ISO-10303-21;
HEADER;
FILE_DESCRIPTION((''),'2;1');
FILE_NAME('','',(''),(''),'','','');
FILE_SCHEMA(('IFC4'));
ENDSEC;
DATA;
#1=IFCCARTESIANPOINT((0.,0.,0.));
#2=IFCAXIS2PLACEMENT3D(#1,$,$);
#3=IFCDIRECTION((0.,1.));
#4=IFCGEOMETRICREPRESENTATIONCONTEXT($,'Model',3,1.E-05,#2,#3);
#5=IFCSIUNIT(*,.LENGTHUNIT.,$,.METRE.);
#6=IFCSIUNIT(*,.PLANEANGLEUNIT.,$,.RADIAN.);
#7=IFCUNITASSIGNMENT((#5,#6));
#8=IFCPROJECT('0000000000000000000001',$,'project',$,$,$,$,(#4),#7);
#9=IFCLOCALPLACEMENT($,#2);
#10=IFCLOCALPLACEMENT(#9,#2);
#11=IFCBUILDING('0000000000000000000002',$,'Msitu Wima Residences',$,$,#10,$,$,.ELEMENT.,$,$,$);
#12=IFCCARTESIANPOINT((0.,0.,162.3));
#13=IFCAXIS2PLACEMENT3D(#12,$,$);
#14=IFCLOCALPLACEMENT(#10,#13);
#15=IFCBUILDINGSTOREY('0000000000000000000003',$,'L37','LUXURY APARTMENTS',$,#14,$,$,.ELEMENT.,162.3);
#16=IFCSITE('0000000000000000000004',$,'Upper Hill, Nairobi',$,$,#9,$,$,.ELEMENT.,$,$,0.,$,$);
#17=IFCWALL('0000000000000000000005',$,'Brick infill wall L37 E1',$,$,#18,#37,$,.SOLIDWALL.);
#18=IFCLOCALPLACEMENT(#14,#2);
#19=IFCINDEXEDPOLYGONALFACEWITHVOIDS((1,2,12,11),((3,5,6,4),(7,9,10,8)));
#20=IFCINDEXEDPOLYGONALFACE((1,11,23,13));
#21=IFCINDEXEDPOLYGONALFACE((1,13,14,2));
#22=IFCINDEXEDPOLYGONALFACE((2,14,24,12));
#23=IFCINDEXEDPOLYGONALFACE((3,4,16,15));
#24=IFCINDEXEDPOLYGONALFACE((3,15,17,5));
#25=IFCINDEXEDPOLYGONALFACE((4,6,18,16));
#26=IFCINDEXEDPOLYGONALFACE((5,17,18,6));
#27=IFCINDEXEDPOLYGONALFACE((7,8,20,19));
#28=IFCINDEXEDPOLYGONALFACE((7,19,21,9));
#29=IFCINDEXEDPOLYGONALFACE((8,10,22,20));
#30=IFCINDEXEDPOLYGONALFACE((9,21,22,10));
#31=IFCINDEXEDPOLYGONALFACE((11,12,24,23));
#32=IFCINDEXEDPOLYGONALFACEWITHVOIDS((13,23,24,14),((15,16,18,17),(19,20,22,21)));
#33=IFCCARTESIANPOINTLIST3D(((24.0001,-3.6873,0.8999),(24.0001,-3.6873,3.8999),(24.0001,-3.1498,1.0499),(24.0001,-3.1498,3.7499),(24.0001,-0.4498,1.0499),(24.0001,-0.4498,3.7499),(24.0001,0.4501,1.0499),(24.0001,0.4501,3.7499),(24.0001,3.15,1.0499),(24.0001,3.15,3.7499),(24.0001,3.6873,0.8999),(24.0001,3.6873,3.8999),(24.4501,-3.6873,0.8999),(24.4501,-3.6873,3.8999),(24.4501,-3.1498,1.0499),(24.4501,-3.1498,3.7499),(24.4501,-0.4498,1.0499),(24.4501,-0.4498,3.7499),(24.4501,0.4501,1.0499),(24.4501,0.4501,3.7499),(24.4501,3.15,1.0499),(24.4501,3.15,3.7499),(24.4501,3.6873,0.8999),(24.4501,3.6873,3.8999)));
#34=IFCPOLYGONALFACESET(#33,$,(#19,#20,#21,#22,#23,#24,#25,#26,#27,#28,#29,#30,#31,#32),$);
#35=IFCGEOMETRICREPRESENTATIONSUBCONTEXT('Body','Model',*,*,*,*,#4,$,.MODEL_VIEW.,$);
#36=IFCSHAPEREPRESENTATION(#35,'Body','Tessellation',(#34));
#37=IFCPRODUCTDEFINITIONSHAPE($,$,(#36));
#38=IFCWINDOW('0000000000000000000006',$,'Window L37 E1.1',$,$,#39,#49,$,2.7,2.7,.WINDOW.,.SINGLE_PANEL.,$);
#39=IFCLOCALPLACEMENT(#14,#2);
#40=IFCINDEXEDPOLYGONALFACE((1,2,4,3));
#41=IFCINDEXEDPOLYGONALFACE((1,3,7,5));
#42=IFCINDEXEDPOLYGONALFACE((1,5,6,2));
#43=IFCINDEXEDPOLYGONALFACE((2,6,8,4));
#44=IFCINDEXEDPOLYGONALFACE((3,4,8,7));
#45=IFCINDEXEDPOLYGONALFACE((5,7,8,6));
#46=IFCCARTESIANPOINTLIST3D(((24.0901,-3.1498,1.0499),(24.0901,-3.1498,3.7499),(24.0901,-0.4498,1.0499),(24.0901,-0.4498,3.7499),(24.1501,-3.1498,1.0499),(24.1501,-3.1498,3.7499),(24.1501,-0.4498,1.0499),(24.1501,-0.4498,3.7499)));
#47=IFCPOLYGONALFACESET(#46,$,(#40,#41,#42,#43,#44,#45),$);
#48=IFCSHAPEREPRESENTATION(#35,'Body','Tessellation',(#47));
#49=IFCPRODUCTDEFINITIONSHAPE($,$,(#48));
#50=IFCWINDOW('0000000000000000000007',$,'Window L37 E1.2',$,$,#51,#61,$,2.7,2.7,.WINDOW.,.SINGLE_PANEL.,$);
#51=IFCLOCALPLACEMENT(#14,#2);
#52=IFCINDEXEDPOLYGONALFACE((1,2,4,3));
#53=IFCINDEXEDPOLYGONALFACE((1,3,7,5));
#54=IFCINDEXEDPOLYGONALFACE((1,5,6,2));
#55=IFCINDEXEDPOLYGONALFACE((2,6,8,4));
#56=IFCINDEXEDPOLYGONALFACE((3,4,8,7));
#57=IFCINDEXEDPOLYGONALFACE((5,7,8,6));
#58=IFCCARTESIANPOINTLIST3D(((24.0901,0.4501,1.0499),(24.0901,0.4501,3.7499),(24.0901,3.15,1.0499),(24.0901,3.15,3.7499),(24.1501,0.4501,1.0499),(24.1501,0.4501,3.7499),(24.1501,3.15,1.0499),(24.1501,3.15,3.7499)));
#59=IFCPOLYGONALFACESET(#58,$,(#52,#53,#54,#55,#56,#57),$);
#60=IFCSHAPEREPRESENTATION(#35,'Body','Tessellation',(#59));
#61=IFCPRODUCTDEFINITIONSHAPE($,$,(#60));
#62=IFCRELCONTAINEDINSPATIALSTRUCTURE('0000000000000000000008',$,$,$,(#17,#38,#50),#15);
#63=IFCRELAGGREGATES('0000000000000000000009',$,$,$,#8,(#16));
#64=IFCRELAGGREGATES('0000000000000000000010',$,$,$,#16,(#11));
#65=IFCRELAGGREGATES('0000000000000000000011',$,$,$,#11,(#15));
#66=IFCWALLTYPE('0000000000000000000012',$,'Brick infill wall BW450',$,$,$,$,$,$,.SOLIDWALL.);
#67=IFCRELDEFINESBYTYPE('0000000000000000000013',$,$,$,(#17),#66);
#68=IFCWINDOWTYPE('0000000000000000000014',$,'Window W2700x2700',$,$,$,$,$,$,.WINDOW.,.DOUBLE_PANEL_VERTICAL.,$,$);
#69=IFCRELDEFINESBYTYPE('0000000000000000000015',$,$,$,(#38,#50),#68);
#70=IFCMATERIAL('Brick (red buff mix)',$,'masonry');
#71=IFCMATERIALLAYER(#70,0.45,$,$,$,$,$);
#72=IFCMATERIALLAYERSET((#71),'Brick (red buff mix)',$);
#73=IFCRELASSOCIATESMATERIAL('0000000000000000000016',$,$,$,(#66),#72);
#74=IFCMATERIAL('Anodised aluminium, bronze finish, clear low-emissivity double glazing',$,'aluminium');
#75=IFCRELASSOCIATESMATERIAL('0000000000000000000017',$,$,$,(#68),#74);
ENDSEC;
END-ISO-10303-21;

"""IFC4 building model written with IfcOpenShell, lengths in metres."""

from ifc_helpers import new_model, si_unit, direction, frame, frame_2d, origin, place, context, subcontext, project, spatial, rectangle, extrude, material, layer, layer_set, type_object, element, fill, save


model = new_model("IFC4")

# Units and contexts
model_context = context("Model", 3, precision=1e-05, world=origin(), true_north=direction((0.0, 1.0)))
body_context = subcontext(model_context, "Body", "Model", "MODEL_VIEW")
ifc_project = project(units=[si_unit("LENGTHUNIT", "METRE"), si_unit("PLANEANGLEUNIT", "RADIAN")], contexts=[model_context])

# Site, building, storey
site_placement = place(None, origin())
site = spatial("IfcSite", under=ifc_project, at=site_placement, Name="Upper Hill, Nairobi", CompositionType="ELEMENT", RefElevation=0.0)
building_placement = place(site_placement, origin())
building = spatial("IfcBuilding", under=site, at=building_placement, Name="Msitu Wima Residences", CompositionType="ELEMENT")
storey_placement = place(building_placement, frame((0.0, 0.0, 162.3)))
storey = spatial("IfcBuildingStorey", under=building, at=storey_placement, Name="L37", Description="LUXURY APARTMENTS", CompositionType="ELEMENT", Elevation=162.3)

# Shared definitions
ifc_material_1 = material(Name="Brick (red buff mix)", Category="masonry")
ifc_layer_1 = layer(ifc_material_1, 0.45)
ifc_layer_set_1 = layer_set([ifc_layer_1], Name="Brick (red buff mix)")
wall_type_1 = type_object("IfcWallType", Name="Brick infill wall BW450", PredefinedType="SOLIDWALL", material=ifc_layer_set_1)
ifc_material_2 = material(Name="Anodised aluminium, bronze finish, clear low-emissivity double glazing", Category="aluminium")
window_type = type_object("IfcWindowType", Name="Window W2700x2700", PartitioningType="DOUBLE_PANEL_VERTICAL", PredefinedType="WINDOW", material=ifc_material_2)

# Wall, openings, windows
wall_1_placement = place(storey_placement, frame((24.2251, -3.6873, 0.8999), z_axis=(0.0, 0.0, 1.0), x_axis=(0.0, 1.0, 0.0)))
wall_1 = element("IfcWall", 1, at=wall_1_placement, inside=storey, type_object=wall_type_1, Name="Brick infill wall L37 E1", PredefinedType="SOLIDWALL", context=body_context, shape_type="SweptSolid", body=[
    extrude(rectangle(XDim=7.3745, YDim=0.45, at=frame_2d((3.6873, 0.0))), origin(), (0.0, 0.0, 1.0), 3.0),
])
opening_1_placement = place(wall_1_placement, frame((0.5374, 0.0, 0.1499)))
opening_1 = element("IfcOpeningElement", 2, at=opening_1_placement, cuts=wall_1, PredefinedType="OPENING", context=body_context, shape_type="SweptSolid", body=[
    extrude(rectangle(XDim=2.7, YDim=2.7, at=frame_2d((1.3501, 1.3501))), frame((0.0, 0.2349, 0.0), z_axis=(0.0, -1.0, 0.0), x_axis=(1.0, 0.0, 0.0)), (0.0, 0.0, 1.0), 0.47),
])
opening_2_placement = place(wall_1_placement, frame((4.1372, 0.0, 0.1499)))
opening_2 = element("IfcOpeningElement", 3, at=opening_2_placement, cuts=wall_1, PredefinedType="OPENING", context=body_context, shape_type="SweptSolid", body=[
    extrude(rectangle(XDim=2.7, YDim=2.7, at=frame_2d((1.3501, 1.3501))), frame((0.0, 0.2349, 0.0), z_axis=(0.0, -1.0, 0.0), x_axis=(1.0, 0.0, 0.0)), (0.0, 0.0, 1.0), 0.47),
])
window_1_placement = place(opening_1_placement, origin())
window_1 = element("IfcWindow", 4, at=window_1_placement, inside=storey, type_object=window_type, Name="Window L37 E1.1", OverallHeight=2.7, OverallWidth=2.7, PartitioningType="SINGLE_PANEL", PredefinedType="WINDOW", context=body_context, shape_type="SweptSolid", body=[
    extrude(rectangle(XDim=2.7, YDim=2.7, at=frame_2d((1.3501, 1.3501))), frame((0.0, 0.135, 0.0), z_axis=(0.0, -1.0, 0.0), x_axis=(1.0, 0.0, 0.0)), (0.0, 0.0, 1.0), 0.0601),
])
fill(opening_1, window_1)
window_2_placement = place(opening_2_placement, origin())
window_2 = element("IfcWindow", 5, at=window_2_placement, inside=storey, type_object=window_type, Name="Window L37 E1.2", OverallHeight=2.7, OverallWidth=2.7, PartitioningType="SINGLE_PANEL", PredefinedType="WINDOW", context=body_context, shape_type="SweptSolid", body=[
    extrude(rectangle(XDim=2.7, YDim=2.7, at=frame_2d((1.3501, 1.3501))), frame((0.0, 0.135, 0.0), z_axis=(0.0, -1.0, 0.0), x_axis=(1.0, 0.0, 0.0)), (0.0, 0.0, 1.0), 0.0601),
])
fill(opening_2, window_2)

save(model, "model.ifc")
